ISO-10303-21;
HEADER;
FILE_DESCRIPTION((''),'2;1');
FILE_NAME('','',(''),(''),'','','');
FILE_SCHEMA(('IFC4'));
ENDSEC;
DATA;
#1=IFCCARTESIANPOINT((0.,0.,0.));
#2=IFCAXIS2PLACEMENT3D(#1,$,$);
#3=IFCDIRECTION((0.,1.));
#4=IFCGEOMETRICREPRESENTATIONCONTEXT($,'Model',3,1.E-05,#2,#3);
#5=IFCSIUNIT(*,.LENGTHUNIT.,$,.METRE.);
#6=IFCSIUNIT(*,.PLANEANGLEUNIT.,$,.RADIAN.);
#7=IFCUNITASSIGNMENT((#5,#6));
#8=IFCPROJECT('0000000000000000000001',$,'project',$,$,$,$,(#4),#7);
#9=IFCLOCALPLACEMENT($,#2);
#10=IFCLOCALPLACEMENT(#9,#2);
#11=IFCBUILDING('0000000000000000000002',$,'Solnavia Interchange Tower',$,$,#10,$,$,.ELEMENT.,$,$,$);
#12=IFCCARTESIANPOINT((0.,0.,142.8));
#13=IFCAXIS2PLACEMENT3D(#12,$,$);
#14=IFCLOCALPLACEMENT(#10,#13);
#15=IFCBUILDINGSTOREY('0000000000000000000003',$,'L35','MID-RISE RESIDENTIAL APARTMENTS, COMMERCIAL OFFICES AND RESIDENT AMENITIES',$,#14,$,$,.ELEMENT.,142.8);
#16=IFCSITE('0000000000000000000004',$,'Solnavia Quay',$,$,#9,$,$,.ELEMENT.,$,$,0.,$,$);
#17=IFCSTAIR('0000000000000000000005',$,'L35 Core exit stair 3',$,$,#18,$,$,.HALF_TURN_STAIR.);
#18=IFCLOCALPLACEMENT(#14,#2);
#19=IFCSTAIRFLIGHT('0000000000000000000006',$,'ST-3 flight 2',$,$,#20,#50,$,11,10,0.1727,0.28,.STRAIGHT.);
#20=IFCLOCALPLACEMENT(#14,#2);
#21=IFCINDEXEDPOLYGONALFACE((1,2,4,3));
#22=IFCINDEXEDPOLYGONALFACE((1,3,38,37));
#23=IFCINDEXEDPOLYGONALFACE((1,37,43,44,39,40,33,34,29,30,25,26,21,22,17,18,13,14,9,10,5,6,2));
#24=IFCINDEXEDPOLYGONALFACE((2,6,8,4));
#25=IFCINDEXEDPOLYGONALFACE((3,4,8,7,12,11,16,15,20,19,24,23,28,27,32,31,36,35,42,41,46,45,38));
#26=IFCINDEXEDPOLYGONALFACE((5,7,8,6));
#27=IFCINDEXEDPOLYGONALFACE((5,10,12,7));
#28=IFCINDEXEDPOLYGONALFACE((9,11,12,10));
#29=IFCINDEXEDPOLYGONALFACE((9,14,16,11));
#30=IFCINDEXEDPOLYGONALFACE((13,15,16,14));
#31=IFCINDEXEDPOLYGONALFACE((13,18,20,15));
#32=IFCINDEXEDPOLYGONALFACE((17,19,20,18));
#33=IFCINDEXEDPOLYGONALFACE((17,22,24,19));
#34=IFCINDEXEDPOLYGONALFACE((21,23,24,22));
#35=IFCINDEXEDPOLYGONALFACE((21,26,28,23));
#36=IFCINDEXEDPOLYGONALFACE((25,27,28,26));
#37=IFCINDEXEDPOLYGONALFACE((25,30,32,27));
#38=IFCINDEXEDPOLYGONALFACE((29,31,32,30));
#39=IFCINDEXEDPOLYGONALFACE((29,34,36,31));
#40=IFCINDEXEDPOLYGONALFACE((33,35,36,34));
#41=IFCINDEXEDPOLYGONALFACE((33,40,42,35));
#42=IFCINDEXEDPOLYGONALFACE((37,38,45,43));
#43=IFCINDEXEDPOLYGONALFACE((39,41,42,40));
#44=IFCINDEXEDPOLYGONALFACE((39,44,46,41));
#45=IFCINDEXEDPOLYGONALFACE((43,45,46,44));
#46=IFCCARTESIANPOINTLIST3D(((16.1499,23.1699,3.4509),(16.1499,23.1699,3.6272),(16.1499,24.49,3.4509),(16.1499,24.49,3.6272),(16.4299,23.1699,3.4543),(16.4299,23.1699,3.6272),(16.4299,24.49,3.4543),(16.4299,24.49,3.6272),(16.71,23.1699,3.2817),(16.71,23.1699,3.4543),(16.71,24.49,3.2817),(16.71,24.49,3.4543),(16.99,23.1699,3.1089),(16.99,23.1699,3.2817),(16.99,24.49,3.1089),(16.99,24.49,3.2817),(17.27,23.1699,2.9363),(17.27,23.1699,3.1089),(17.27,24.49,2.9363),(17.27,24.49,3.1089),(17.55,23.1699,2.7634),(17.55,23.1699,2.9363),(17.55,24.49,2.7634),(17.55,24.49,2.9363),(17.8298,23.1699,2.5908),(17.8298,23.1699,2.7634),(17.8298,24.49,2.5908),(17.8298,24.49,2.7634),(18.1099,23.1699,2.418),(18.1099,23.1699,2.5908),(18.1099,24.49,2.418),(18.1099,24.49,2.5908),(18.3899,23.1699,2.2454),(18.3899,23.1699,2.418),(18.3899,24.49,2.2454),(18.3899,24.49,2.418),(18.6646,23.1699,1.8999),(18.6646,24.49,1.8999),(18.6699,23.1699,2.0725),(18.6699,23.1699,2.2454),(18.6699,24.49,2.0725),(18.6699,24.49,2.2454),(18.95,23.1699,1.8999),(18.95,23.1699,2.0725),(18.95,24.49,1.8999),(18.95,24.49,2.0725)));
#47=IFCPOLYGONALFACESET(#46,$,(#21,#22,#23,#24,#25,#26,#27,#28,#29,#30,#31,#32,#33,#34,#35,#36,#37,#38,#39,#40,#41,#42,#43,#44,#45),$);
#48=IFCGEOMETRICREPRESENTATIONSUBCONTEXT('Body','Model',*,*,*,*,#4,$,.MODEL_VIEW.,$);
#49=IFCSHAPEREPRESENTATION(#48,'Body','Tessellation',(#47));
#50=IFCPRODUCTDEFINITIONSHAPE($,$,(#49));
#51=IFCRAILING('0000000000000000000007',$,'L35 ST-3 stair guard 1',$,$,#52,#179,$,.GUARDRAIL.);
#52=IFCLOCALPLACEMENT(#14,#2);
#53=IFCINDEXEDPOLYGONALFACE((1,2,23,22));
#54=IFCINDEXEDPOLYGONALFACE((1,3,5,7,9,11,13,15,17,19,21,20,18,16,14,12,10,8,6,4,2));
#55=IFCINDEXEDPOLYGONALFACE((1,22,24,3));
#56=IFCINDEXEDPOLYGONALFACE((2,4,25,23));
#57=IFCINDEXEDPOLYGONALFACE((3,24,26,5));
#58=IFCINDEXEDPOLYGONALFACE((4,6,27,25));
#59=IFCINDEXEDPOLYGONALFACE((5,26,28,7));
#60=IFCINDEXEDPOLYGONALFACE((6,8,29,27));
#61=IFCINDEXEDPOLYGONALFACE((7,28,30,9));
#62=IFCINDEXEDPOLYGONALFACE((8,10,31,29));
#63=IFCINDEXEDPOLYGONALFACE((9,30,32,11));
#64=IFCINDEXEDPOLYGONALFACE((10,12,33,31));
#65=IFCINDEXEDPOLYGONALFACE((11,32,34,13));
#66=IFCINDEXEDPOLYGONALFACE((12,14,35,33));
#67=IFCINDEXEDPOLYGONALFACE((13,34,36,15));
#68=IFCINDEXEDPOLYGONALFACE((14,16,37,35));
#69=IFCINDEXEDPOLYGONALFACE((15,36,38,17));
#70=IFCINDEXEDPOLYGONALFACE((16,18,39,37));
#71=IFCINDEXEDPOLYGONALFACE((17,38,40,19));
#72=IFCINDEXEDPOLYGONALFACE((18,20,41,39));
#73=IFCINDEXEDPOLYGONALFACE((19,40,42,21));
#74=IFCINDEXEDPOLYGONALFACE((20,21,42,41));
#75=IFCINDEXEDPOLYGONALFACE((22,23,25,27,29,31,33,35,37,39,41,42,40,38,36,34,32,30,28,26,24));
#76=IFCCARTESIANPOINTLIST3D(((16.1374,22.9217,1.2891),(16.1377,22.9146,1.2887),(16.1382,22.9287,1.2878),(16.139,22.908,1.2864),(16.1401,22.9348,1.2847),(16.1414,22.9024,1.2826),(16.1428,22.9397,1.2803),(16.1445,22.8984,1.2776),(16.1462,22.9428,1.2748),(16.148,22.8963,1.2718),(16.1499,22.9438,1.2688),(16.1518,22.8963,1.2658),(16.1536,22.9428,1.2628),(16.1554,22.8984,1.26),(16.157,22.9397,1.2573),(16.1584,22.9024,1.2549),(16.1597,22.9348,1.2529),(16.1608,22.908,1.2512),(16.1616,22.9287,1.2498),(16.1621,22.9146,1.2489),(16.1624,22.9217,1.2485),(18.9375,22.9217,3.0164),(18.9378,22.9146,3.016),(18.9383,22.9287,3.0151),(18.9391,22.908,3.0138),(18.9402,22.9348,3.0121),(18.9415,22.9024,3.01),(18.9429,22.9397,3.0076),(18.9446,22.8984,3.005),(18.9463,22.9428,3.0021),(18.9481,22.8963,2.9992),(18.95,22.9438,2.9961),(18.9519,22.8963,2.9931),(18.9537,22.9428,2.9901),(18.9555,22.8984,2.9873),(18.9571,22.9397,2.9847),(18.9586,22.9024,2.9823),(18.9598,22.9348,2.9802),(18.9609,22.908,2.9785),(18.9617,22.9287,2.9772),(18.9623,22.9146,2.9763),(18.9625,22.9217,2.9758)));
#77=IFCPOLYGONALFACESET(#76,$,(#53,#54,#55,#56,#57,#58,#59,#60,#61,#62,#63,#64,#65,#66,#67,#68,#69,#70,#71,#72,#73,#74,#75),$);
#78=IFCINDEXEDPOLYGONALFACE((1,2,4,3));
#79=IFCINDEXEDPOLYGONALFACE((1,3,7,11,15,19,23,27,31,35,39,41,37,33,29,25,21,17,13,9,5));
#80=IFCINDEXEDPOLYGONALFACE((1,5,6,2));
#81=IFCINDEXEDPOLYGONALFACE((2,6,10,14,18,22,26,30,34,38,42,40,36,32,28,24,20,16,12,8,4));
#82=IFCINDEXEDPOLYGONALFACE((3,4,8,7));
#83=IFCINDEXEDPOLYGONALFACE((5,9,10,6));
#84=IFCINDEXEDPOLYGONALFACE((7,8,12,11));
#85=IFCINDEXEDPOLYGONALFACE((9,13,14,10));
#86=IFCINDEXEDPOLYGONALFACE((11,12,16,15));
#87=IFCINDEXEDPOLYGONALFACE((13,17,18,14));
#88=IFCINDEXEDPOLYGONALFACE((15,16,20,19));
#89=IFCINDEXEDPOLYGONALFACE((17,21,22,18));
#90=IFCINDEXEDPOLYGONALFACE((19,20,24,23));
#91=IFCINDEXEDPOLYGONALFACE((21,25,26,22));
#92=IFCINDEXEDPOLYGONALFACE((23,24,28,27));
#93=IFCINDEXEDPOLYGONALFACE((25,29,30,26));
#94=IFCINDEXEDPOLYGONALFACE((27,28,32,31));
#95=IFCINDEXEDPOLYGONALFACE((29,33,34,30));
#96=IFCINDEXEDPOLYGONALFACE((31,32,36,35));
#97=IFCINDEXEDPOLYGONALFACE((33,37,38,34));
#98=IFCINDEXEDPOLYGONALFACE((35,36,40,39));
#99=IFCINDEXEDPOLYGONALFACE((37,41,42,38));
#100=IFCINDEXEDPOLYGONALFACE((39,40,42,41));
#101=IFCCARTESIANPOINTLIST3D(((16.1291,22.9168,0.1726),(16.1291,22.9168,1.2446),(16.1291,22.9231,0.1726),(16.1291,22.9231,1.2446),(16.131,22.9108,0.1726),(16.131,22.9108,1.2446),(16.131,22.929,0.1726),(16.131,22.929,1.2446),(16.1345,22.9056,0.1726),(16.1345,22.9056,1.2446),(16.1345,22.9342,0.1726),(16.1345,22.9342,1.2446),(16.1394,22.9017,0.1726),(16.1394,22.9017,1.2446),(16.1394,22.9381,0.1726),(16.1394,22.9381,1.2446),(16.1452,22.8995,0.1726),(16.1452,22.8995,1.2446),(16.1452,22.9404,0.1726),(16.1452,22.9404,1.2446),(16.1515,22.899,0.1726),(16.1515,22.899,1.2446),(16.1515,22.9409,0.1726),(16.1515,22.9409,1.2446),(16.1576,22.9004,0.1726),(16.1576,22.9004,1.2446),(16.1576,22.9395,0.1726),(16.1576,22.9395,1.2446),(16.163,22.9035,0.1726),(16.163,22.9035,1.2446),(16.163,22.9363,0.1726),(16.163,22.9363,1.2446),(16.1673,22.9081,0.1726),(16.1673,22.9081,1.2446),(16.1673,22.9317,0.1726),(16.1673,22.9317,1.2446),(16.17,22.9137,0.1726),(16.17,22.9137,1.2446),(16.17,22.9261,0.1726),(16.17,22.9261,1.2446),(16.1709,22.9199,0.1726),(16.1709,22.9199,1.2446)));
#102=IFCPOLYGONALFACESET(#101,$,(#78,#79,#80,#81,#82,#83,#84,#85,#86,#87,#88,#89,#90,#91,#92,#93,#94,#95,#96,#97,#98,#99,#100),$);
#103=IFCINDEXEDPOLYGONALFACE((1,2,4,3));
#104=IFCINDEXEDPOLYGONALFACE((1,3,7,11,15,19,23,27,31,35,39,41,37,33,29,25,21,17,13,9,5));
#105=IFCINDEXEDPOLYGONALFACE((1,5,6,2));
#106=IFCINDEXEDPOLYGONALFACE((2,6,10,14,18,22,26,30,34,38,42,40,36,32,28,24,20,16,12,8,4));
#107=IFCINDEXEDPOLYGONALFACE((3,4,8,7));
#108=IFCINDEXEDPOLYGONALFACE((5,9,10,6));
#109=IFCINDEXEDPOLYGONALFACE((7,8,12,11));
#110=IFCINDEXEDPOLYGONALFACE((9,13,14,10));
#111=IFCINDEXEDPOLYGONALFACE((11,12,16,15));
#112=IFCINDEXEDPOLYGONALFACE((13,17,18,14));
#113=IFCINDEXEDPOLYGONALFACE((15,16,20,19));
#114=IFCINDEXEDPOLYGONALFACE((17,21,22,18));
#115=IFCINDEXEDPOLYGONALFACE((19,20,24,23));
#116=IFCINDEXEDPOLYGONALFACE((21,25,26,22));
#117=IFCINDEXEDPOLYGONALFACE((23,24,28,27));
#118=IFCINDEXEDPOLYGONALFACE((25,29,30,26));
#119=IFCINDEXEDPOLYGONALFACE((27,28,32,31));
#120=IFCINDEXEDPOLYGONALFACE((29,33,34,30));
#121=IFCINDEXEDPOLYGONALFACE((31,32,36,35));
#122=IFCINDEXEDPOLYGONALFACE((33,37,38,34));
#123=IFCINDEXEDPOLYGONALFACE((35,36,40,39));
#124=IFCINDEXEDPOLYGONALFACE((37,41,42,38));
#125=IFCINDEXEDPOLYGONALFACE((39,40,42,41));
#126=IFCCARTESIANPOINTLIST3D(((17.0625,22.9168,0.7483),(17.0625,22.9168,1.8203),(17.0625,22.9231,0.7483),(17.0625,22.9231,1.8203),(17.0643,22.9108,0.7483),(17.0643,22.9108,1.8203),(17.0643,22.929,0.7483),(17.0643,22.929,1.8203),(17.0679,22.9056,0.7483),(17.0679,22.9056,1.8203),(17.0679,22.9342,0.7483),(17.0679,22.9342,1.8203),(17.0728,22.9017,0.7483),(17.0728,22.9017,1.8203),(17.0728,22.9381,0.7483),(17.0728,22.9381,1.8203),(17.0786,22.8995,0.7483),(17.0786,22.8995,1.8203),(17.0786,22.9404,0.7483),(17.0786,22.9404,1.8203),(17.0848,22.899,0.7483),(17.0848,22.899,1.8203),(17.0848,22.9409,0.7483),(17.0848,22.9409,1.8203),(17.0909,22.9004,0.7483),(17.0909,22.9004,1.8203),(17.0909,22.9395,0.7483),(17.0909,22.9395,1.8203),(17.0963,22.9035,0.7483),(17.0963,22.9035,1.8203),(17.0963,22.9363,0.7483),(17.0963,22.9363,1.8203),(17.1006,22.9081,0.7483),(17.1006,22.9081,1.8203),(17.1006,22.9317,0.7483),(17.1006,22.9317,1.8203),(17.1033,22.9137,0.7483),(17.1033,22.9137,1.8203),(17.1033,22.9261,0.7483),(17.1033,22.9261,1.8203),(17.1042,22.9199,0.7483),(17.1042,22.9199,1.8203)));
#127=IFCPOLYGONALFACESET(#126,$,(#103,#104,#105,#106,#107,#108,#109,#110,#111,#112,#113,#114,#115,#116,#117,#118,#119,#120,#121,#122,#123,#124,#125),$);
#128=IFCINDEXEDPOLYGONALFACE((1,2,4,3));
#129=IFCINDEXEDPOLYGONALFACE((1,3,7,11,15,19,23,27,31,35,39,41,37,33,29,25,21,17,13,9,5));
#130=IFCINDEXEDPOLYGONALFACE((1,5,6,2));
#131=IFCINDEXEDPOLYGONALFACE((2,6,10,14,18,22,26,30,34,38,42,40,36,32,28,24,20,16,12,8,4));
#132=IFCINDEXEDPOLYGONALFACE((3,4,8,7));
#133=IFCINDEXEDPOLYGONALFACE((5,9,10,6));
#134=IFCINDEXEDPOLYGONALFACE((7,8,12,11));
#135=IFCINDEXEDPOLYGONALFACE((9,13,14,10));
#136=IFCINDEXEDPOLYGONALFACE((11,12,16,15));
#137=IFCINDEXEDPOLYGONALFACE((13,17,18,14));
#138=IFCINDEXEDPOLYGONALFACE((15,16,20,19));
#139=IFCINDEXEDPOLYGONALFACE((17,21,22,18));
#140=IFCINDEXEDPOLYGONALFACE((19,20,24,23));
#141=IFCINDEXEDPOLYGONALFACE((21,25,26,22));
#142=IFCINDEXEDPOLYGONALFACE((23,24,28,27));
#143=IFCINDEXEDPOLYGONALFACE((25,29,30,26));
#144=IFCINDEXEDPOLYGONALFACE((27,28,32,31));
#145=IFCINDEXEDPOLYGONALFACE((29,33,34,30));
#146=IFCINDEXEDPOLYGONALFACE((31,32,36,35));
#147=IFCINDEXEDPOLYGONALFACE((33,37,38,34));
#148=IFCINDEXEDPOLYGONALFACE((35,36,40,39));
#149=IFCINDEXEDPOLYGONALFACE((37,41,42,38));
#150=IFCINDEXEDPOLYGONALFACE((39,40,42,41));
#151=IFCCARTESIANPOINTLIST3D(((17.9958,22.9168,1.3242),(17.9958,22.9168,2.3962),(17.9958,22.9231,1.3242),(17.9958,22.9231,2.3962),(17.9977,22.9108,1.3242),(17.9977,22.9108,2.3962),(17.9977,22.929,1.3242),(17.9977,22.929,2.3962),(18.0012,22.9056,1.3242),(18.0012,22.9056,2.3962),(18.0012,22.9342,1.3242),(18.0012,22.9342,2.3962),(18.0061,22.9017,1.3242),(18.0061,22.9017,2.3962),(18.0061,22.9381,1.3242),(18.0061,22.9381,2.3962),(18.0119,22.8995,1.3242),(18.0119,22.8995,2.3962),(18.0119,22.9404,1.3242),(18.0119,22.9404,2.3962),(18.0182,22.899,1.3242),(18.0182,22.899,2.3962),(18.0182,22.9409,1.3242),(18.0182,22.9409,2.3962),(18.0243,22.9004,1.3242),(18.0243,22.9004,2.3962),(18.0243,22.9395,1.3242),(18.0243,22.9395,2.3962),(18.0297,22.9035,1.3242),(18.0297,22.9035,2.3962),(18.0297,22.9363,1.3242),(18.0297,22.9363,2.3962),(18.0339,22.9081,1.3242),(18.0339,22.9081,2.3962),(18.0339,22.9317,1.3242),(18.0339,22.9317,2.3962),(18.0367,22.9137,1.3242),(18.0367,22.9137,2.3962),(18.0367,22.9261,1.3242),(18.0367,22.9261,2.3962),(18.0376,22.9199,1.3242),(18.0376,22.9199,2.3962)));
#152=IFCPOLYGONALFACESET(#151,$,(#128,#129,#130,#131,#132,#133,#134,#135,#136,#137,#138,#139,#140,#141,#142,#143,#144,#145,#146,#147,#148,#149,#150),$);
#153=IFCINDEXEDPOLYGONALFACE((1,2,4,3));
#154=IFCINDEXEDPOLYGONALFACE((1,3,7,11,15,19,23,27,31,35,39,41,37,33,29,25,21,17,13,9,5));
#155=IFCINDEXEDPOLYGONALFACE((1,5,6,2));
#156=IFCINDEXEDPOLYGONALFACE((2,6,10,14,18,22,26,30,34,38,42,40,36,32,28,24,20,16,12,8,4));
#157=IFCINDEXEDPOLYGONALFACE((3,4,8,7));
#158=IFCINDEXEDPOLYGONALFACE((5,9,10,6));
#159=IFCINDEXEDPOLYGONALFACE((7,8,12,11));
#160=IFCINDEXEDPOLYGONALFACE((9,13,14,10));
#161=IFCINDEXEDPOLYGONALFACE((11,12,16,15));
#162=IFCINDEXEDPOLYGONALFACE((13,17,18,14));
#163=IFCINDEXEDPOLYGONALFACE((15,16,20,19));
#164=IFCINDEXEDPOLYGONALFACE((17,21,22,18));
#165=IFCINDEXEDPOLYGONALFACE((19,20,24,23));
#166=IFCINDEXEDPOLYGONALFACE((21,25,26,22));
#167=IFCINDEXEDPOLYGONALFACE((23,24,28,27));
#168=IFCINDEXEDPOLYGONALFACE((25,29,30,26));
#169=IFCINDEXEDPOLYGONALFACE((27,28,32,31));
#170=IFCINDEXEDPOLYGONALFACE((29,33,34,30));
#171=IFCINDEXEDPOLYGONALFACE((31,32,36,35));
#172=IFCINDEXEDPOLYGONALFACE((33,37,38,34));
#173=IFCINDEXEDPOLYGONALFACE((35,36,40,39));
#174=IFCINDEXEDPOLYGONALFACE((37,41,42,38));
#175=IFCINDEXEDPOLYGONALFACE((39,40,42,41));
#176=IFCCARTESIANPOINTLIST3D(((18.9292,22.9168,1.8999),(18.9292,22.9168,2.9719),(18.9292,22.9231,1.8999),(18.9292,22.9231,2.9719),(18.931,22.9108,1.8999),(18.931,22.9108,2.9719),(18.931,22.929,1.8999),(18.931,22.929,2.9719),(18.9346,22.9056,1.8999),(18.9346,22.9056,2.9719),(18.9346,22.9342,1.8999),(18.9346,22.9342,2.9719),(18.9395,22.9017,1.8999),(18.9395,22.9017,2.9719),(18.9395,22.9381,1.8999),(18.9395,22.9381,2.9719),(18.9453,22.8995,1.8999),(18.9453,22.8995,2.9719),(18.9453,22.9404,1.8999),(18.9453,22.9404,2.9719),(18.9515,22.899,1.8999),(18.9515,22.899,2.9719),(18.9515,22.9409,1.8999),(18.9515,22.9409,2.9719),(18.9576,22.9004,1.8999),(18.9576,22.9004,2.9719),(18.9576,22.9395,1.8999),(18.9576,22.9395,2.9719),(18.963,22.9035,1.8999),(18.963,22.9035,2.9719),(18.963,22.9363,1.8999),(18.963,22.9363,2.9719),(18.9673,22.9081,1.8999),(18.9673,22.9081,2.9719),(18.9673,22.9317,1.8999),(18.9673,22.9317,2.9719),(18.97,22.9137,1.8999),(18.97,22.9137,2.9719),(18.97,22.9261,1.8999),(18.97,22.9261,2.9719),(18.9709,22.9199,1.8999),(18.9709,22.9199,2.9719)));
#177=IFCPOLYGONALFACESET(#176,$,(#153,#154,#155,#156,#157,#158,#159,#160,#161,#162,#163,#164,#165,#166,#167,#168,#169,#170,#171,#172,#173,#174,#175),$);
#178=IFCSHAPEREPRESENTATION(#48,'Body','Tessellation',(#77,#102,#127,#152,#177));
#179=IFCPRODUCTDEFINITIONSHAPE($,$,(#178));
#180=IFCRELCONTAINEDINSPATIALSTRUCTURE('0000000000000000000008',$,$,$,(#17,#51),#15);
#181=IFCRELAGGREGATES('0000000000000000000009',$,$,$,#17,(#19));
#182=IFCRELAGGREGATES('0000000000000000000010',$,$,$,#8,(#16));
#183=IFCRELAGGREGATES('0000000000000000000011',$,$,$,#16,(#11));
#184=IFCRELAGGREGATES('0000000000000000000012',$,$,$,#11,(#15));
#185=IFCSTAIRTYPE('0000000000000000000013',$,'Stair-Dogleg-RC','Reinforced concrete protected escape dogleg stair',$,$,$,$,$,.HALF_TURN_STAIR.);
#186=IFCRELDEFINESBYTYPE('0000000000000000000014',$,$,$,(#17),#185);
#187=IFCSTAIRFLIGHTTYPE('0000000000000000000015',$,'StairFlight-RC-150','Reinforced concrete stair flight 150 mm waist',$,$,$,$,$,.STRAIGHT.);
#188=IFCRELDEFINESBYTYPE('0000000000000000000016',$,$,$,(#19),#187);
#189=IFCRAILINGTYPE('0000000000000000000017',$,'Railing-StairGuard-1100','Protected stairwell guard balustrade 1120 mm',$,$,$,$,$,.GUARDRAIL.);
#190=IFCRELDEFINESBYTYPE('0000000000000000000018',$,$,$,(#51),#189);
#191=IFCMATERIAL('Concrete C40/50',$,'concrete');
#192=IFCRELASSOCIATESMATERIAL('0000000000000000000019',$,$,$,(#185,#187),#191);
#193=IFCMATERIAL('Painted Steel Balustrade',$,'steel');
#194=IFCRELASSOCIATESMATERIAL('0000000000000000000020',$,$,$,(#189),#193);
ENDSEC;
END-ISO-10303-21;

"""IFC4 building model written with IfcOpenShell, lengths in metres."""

from ifc_helpers import new_model, si_unit, direction, frame, origin, origin_2d, place, context, subcontext, project, spatial, polyline, circle, outline, extrude, material, type_object, element, aggregate, save


model = new_model("IFC4")

# Units and contexts
model_context = context("Model", 3, precision=1e-05, world=origin(), true_north=direction((0.0, 1.0)))
body_context = subcontext(model_context, "Body", "Model", "MODEL_VIEW")
ifc_project = project(units=[si_unit("LENGTHUNIT", "METRE"), si_unit("PLANEANGLEUNIT", "RADIAN")], contexts=[model_context])

# Site, building, storey
site_placement = place(None, origin())
site = spatial("IfcSite", under=ifc_project, at=site_placement, Name="Solnavia Quay", CompositionType="ELEMENT", RefElevation=0.0)
building_placement = place(site_placement, origin())
building = spatial("IfcBuilding", under=site, at=building_placement, Name="Solnavia Interchange Tower", CompositionType="ELEMENT")
storey_placement = place(building_placement, frame((0.0, 0.0, 142.8)))
storey = spatial("IfcBuildingStorey", under=building, at=storey_placement, Name="L35", Description="MID-RISE RESIDENTIAL APARTMENTS, COMMERCIAL OFFICES AND RESIDENT AMENITIES", CompositionType="ELEMENT", Elevation=142.8)

# Shared definitions
ifc_material_1 = material(Name="Concrete C40/50", Category="concrete")

# Stair, stair flight
stair_type = type_object("IfcStairType", Name="Stair-Dogleg-RC", Description="Reinforced concrete protected escape dogleg stair", PredefinedType="HALF_TURN_STAIR", material=ifc_material_1)
stair_placement = place(storey_placement, origin())
stair = element("IfcStair", 1, at=stair_placement, inside=storey, type_object=stair_type, Name="L35 Core exit stair 3", PredefinedType="HALF_TURN_STAIR")
stair_flight_type = type_object("IfcStairFlightType", Name="StairFlight-RC-150", Description="Reinforced concrete stair flight 150 mm waist", PredefinedType="STRAIGHT", material=ifc_material_1)
stair_flight_placement = place(storey_placement, frame((18.95, 23.8301, 1.8999), z_axis=(0.0, 0.0, 1.0), x_axis=(-1.0, 0.0, 0.0)))
stair_flight = element("IfcStairFlight", 2, at=stair_flight_placement, type_object=stair_flight_type, Name="ST-3 flight 2", NumberOfRisers=11, NumberOfTreads=10, PredefinedType="STRAIGHT", RiserHeight=0.1727, TreadLength=0.28, context=body_context, shape_type="SweptSolid", body=[
    extrude(outline(polyline([(0.0, 0.0), (0.0, 0.1726), (0.28, 0.1726), (0.28, 0.3455), (0.5601, 0.3455), (0.5601, 0.5181), (0.8401, 0.5181), (0.8401, 0.6909), (1.1201, 0.6909), (1.1201, 0.8635), (1.3999, 0.8635), (1.3999, 1.0364), (1.6799, 1.0364), (1.6799, 1.209), (1.96, 1.209), (1.96, 1.3818), (2.24, 1.3818), (2.24, 1.5544), (2.52, 1.5544), (2.52, 1.7273), (2.8, 1.7273), (2.8, 1.8999), (2.8, 1.551), (0.2854, 0.0), (0.0, 0.0)])), frame((0.0, 0.6602, 0.0), z_axis=(0.0, -1.0, 0.0), x_axis=(1.0, 0.0, 0.0)), (0.0, 0.0, 1.0), 1.3201),
])
aggregate(stair, [stair_flight])

# Railing
ifc_material_2 = material(Name="Painted Steel Balustrade", Category="steel")
railing_type_1 = type_object("IfcRailingType", Name="Railing-StairGuard-1100", Description="Protected stairwell guard balustrade 1120 mm", PredefinedType="GUARDRAIL", material=ifc_material_2)
railing_1_placement = place(storey_placement, frame((16.1499, 22.9199, 0.1726)))
element("IfcRailing", 3, at=railing_1_placement, inside=storey, type_object=railing_type_1, Name="L35 ST-3 stair guard 1", PredefinedType="GUARDRAIL", context=body_context, shape_type="SweptSolid", body=[
    extrude(circle(Radius=0.0239, at=origin_2d()), frame((0.0, 0.0, 1.0962), z_axis=(0.85109, 0.0, 0.52502), x_axis=(0.0, 1.0, 0.0)), (0.0, 0.0, 1.0), 3.29),
    extrude(circle(Radius=0.021, at=origin_2d()), origin(), (0.0, 0.0, 1.0), 1.072),
    extrude(circle(Radius=0.021, at=origin_2d()), frame((0.9333, 0.0, 0.5757)), (0.0, 0.0, 1.0), 1.072),
    extrude(circle(Radius=0.021, at=origin_2d()), frame((1.8667, 0.0, 1.1516)), (0.0, 0.0, 1.0), 1.072),
    extrude(circle(Radius=0.021, at=origin_2d()), frame((2.8, 0.0, 1.7273)), (0.0, 0.0, 1.0), 1.072),
])

save(model, "model.ifc")
